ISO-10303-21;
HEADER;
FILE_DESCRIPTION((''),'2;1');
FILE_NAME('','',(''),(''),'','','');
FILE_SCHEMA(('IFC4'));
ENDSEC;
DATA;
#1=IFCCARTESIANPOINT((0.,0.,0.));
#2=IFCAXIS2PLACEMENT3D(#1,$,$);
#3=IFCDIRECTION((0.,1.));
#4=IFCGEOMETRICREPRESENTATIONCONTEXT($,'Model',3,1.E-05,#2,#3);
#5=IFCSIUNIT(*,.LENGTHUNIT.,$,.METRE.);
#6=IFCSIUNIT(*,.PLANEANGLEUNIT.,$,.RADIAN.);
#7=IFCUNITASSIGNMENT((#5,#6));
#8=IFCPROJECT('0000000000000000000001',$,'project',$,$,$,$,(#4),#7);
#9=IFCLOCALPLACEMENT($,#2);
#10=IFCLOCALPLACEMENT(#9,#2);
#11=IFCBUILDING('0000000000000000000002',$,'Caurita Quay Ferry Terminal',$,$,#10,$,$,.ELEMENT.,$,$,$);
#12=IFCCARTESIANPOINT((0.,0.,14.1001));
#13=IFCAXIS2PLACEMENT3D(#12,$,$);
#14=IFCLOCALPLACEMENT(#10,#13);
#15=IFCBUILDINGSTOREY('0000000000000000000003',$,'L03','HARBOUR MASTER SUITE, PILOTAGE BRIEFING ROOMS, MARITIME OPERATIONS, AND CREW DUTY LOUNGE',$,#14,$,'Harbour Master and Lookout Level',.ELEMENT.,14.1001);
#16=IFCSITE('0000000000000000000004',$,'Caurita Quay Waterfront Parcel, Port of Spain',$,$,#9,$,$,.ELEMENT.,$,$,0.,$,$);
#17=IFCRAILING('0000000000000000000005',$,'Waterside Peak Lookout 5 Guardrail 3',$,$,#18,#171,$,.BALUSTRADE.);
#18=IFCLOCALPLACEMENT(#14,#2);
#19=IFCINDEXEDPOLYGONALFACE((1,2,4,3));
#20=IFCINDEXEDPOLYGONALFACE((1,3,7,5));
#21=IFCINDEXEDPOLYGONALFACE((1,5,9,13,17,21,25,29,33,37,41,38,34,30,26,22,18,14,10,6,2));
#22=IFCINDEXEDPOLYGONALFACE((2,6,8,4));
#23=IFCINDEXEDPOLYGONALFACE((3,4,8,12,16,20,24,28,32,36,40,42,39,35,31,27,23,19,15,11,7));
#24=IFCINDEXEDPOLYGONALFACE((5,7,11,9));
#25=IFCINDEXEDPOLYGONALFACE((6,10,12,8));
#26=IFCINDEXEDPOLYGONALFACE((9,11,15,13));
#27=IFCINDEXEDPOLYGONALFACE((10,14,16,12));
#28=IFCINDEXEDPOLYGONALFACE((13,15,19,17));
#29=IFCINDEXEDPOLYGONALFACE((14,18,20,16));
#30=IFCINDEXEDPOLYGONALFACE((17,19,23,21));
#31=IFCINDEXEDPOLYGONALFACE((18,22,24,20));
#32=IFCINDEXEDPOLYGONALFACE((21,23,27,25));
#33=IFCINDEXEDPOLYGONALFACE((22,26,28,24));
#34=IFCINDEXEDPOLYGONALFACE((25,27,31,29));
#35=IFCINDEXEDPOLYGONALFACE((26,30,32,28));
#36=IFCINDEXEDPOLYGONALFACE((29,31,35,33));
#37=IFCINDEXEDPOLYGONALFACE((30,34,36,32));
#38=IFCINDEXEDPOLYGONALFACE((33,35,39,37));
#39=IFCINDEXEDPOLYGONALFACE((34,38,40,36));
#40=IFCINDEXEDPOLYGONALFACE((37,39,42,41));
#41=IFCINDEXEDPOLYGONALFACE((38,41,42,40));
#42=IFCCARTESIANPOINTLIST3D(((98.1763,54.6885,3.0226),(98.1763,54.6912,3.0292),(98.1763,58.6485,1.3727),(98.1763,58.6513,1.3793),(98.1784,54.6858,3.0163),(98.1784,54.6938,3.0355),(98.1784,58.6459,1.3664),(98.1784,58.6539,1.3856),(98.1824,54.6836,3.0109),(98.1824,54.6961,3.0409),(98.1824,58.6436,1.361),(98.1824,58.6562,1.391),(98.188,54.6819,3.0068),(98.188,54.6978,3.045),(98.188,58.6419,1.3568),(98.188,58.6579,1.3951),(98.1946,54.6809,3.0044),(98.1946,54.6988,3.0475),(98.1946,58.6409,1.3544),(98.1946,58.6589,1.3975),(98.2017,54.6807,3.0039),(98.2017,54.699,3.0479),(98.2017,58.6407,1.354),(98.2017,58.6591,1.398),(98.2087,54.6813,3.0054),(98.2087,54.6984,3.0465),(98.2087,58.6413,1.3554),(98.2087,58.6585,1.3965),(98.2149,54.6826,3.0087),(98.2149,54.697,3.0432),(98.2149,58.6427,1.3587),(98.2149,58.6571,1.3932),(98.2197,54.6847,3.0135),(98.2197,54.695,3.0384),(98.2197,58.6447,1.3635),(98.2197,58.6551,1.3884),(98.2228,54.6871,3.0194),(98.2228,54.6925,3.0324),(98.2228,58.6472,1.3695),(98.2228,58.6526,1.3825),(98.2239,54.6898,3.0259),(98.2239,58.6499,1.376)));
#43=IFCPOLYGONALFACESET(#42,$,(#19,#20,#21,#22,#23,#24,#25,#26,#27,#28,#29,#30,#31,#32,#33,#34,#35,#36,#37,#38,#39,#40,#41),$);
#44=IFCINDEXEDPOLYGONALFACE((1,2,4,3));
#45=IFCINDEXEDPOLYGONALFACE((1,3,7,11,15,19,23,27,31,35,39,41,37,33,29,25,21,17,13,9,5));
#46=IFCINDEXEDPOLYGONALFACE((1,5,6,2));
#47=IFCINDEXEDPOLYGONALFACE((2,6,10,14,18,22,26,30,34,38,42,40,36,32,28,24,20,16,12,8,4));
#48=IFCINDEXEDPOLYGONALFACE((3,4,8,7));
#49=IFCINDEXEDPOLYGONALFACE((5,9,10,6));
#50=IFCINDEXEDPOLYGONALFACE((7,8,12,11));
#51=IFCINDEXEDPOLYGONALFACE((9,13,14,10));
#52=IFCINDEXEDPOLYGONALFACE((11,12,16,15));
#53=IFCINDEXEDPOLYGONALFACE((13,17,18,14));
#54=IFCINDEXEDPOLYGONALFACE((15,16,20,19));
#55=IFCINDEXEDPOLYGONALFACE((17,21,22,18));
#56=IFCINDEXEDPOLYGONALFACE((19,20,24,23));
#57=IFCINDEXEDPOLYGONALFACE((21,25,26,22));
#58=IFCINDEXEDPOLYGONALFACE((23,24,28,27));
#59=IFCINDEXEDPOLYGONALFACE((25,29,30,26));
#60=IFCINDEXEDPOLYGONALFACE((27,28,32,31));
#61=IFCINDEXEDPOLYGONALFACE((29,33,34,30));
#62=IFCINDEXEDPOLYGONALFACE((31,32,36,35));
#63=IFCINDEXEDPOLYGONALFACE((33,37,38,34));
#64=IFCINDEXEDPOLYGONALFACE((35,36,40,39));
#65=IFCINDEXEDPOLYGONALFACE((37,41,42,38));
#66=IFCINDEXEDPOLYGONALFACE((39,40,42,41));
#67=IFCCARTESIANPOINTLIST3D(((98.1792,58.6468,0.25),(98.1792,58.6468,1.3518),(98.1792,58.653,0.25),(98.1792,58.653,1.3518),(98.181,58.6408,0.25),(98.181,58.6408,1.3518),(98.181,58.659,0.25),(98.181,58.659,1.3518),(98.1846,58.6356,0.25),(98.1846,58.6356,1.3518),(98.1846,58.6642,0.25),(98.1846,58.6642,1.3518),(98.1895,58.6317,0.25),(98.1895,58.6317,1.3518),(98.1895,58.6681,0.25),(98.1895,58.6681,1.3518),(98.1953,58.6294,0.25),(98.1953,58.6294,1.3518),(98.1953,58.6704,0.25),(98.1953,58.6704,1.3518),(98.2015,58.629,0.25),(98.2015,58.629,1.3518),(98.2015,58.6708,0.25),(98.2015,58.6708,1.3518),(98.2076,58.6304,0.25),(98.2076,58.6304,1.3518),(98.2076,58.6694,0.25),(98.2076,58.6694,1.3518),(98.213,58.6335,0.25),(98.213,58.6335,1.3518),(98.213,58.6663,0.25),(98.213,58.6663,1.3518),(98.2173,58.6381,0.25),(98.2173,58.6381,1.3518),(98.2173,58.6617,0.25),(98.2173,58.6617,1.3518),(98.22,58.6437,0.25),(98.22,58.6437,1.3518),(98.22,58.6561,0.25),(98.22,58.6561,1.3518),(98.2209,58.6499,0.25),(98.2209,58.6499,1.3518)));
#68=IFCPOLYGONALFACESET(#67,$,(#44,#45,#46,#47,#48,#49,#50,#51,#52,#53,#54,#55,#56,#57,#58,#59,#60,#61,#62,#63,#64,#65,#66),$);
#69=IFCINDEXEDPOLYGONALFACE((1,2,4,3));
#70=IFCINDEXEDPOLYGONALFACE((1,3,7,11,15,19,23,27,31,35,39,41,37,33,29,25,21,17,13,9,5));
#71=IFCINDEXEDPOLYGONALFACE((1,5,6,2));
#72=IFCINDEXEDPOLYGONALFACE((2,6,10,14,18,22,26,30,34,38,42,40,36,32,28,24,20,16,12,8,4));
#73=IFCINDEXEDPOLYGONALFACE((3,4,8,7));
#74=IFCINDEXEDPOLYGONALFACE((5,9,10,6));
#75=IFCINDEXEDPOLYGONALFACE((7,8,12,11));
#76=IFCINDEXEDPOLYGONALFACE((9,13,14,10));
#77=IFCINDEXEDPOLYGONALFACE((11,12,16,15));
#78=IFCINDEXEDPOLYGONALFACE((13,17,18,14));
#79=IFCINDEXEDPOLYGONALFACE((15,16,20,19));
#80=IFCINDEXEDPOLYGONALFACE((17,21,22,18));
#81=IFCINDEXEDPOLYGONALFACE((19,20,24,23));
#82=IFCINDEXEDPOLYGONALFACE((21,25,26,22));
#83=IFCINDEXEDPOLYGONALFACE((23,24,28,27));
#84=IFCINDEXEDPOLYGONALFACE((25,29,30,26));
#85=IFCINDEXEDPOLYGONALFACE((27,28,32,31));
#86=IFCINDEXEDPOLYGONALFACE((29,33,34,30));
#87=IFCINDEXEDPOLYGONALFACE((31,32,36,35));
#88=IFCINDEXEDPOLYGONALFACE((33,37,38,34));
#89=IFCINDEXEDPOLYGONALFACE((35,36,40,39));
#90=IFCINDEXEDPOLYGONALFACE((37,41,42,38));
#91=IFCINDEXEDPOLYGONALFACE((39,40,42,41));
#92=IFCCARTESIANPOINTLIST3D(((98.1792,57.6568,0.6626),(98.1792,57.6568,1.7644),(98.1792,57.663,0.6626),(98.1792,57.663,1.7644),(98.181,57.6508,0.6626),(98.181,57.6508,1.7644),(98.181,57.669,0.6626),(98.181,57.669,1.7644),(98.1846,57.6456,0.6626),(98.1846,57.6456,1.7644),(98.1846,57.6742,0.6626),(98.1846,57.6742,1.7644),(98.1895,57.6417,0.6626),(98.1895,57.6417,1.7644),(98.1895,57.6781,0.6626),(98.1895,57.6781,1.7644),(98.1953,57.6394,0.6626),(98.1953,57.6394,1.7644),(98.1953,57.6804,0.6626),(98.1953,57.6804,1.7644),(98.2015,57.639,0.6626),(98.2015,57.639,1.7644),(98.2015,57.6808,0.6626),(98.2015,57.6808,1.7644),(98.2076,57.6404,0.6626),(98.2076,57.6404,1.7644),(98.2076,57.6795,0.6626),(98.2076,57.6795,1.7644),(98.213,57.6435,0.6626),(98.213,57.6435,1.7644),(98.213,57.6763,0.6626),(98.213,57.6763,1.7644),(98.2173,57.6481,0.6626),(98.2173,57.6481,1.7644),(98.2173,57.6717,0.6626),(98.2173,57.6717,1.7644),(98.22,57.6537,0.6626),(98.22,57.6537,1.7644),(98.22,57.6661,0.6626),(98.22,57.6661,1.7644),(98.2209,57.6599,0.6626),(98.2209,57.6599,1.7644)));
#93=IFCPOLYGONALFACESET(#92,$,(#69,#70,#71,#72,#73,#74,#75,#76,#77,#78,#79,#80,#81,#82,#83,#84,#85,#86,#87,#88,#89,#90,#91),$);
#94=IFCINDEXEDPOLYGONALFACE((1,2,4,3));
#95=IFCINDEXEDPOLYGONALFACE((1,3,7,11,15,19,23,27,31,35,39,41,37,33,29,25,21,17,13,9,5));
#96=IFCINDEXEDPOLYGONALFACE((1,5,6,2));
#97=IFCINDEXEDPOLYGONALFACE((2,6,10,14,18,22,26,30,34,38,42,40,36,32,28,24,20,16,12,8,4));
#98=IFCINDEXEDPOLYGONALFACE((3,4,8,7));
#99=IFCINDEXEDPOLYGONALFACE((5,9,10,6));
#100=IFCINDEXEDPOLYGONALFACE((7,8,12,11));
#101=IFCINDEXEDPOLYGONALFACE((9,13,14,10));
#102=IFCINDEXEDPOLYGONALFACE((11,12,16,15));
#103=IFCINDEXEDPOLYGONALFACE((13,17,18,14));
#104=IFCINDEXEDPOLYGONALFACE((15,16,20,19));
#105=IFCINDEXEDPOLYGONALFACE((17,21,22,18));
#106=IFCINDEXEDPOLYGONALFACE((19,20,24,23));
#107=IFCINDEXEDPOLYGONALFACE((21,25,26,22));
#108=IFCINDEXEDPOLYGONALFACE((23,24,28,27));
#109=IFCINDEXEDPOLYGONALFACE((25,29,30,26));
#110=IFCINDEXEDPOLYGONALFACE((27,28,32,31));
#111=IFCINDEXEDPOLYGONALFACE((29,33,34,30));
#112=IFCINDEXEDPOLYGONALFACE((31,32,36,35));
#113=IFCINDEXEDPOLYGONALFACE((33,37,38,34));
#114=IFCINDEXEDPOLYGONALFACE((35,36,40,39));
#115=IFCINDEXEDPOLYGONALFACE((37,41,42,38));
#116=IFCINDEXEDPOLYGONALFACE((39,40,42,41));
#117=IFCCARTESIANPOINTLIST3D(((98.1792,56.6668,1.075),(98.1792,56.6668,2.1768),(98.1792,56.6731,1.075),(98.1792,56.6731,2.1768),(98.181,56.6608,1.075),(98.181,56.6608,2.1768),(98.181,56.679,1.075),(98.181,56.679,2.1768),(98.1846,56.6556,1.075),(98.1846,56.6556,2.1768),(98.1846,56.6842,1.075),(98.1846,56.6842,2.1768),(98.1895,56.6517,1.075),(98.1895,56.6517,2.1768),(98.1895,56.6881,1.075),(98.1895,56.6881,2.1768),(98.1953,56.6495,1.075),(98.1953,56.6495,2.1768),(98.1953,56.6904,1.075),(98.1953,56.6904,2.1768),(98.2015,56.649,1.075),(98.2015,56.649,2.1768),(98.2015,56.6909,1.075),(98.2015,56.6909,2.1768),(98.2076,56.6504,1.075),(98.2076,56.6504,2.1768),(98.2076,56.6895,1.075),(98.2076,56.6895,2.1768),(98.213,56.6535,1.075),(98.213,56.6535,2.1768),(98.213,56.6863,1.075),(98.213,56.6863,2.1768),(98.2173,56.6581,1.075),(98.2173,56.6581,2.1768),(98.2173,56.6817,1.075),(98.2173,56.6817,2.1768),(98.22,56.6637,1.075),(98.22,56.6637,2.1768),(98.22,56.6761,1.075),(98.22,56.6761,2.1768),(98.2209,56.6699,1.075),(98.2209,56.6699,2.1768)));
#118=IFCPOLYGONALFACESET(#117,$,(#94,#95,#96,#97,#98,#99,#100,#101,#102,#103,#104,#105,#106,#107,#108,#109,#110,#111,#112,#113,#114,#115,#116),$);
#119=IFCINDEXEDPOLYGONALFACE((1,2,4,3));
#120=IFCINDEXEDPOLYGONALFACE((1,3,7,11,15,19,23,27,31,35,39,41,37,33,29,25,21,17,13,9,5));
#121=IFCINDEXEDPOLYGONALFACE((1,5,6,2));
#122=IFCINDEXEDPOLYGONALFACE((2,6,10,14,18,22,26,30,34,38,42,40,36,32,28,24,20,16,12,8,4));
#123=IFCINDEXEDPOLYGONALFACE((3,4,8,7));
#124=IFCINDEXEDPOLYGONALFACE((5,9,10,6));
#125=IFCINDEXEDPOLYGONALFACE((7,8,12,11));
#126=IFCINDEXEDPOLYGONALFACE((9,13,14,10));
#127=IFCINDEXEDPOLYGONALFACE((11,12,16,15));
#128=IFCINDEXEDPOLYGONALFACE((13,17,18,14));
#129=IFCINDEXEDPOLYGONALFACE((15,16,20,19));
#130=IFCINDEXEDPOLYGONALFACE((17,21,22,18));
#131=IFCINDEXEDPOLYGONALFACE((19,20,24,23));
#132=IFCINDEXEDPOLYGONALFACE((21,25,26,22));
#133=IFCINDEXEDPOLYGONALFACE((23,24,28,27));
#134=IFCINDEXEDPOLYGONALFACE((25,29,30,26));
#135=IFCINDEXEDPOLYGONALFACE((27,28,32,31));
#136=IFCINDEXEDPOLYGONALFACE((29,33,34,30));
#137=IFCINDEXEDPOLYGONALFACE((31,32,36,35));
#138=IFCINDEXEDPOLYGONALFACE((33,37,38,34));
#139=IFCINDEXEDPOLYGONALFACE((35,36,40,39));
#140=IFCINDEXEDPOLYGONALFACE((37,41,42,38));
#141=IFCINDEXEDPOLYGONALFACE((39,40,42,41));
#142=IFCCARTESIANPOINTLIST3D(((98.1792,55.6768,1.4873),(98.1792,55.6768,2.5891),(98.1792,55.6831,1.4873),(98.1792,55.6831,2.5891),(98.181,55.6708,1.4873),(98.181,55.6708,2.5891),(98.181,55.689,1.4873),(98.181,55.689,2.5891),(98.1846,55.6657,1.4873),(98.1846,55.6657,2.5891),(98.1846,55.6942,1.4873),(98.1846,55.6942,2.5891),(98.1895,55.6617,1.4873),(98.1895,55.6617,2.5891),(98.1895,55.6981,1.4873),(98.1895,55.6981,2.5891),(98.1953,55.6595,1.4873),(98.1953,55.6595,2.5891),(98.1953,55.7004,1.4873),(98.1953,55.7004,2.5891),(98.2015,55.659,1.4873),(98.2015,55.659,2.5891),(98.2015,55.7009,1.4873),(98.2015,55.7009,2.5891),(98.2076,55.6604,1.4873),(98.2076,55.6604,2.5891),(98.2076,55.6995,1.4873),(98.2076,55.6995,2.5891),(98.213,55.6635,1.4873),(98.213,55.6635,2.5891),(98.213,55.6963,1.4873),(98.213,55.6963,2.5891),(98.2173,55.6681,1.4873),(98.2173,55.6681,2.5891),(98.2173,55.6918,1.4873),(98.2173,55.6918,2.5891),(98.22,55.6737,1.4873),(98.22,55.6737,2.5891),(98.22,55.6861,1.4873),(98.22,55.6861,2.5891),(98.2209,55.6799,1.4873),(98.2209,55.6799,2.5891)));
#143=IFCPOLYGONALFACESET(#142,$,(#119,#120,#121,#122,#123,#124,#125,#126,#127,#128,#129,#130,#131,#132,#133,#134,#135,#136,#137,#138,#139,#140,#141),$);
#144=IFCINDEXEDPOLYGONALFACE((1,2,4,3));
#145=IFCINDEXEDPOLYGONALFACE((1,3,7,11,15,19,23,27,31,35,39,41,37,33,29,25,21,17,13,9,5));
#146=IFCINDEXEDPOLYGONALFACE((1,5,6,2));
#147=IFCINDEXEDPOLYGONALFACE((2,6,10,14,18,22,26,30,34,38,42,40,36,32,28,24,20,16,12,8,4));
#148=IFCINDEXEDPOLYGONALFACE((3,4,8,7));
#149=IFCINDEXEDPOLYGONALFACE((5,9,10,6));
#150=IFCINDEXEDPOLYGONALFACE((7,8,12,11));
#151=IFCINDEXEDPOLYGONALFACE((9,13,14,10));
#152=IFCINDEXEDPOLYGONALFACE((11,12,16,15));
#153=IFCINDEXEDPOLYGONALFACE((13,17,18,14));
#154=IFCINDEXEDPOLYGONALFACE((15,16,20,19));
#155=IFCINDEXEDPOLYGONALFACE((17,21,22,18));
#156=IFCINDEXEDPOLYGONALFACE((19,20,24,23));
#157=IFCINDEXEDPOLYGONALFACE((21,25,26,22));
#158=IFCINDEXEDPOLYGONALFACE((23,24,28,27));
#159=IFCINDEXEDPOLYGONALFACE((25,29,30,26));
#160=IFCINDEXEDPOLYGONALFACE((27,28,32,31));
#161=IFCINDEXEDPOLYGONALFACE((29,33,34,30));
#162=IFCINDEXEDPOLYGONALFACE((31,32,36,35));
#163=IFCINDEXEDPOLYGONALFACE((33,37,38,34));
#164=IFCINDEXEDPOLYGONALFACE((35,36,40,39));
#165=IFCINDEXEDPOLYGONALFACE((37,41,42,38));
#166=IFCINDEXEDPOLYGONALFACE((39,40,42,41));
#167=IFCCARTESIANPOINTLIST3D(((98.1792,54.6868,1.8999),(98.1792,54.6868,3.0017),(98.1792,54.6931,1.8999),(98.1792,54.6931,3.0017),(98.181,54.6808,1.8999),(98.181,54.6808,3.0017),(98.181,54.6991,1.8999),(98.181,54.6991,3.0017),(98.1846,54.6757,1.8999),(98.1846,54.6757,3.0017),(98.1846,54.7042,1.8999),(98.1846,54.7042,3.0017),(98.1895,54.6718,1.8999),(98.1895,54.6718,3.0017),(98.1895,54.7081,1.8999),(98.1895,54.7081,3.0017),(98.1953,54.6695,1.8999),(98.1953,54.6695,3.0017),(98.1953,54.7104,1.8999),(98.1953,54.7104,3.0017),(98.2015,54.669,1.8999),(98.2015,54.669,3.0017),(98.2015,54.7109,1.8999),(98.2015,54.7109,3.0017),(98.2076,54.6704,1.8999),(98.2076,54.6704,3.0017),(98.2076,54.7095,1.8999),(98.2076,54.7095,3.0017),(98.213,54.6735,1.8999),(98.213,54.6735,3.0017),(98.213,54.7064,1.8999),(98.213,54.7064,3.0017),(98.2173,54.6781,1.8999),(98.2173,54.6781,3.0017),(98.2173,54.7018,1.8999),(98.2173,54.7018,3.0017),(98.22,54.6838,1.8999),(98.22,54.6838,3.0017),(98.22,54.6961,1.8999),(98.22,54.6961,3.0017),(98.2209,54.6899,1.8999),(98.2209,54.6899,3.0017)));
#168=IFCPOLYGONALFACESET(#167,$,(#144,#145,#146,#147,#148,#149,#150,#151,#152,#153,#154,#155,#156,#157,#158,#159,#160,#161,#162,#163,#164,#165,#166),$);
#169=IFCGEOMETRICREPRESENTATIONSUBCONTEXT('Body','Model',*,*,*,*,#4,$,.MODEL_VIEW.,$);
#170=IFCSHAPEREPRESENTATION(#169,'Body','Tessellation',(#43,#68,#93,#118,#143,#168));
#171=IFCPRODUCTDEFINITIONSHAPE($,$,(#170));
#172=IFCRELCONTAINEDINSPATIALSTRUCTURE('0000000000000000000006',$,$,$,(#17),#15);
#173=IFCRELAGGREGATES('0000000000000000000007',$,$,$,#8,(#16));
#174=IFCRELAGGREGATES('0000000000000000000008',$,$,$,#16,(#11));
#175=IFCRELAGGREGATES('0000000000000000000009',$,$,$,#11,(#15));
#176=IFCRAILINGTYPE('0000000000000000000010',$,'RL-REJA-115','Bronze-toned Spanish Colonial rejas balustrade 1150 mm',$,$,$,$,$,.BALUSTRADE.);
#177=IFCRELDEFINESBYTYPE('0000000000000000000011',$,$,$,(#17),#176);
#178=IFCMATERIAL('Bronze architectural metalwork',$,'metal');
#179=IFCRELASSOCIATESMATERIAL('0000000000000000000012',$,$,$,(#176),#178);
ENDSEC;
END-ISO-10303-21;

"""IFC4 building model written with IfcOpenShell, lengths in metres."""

from ifc_helpers import new_model, si_unit, direction, frame, origin, origin_2d, place, context, subcontext, project, spatial, circle, extrude, material, type_object, element, save


model = new_model("IFC4")

# Units and contexts
model_context = context("Model", 3, precision=1e-05, world=origin(), true_north=direction((0.0, 1.0)))
body_context = subcontext(model_context, "Body", "Model", "MODEL_VIEW")
ifc_project = project(units=[si_unit("LENGTHUNIT", "METRE"), si_unit("PLANEANGLEUNIT", "RADIAN")], contexts=[model_context])

# Site, building, storey
site_placement = place(None, origin())
site = spatial("IfcSite", under=ifc_project, at=site_placement, Name="Caurita Quay Waterfront Parcel, Port of Spain", CompositionType="ELEMENT", RefElevation=0.0)
building_placement = place(site_placement, origin())
building = spatial("IfcBuilding", under=site, at=building_placement, Name="Caurita Quay Ferry Terminal", CompositionType="ELEMENT")
storey_placement = place(building_placement, frame((0.0, 0.0, 14.1001)))
storey = spatial("IfcBuildingStorey", under=building, at=storey_placement, Name="L03", Description="HARBOUR MASTER SUITE, PILOTAGE BRIEFING ROOMS, MARITIME OPERATIONS, AND CREW DUTY LOUNGE", LongName="Harbour Master and Lookout Level", CompositionType="ELEMENT", Elevation=14.1001)

# Railing
ifc_material_1 = material(Name="Bronze architectural metalwork", Category="metal")
railing_type_1 = type_object("IfcRailingType", Name="RL-REJA-115", Description="Bronze-toned Spanish Colonial rejas balustrade 1150 mm", PredefinedType="BALUSTRADE", material=ifc_material_1)
railing_1_placement = place(storey_placement, frame((98.2, 58.6499, 0.25)))
element("IfcRailing", 1, at=railing_1_placement, inside=storey, type_object=railing_type_1, Name="Waterside Peak Lookout 5 Guardrail 3", PredefinedType="BALUSTRADE", context=body_context, shape_type="SweptSolid", body=[
    extrude(circle(Radius=0.0239, at=origin_2d()), frame((0.0, 0.0, 1.126), z_axis=(0.0, -0.923084, 0.384599), x_axis=(1.0, 0.0, 0.0)), (0.0, 0.0, 1.0), 4.29),
    extrude(circle(Radius=0.021, at=origin_2d()), origin(), (0.0, 0.0, 1.0), 1.1018),
    extrude(circle(Radius=0.021, at=origin_2d()), frame((0.0, -0.99, 0.4126)), (0.0, 0.0, 1.0), 1.1018),
    extrude(circle(Radius=0.021, at=origin_2d()), frame((0.0, -1.98, 0.825)), (0.0, 0.0, 1.0), 1.1018),
    extrude(circle(Radius=0.021, at=origin_2d()), frame((0.0, -2.97, 1.2373)), (0.0, 0.0, 1.0), 1.1018),
    extrude(circle(Radius=0.021, at=origin_2d()), frame((0.0, -3.96, 1.6499)), (0.0, 0.0, 1.0), 1.1018),
])

save(model, "model.ifc")
